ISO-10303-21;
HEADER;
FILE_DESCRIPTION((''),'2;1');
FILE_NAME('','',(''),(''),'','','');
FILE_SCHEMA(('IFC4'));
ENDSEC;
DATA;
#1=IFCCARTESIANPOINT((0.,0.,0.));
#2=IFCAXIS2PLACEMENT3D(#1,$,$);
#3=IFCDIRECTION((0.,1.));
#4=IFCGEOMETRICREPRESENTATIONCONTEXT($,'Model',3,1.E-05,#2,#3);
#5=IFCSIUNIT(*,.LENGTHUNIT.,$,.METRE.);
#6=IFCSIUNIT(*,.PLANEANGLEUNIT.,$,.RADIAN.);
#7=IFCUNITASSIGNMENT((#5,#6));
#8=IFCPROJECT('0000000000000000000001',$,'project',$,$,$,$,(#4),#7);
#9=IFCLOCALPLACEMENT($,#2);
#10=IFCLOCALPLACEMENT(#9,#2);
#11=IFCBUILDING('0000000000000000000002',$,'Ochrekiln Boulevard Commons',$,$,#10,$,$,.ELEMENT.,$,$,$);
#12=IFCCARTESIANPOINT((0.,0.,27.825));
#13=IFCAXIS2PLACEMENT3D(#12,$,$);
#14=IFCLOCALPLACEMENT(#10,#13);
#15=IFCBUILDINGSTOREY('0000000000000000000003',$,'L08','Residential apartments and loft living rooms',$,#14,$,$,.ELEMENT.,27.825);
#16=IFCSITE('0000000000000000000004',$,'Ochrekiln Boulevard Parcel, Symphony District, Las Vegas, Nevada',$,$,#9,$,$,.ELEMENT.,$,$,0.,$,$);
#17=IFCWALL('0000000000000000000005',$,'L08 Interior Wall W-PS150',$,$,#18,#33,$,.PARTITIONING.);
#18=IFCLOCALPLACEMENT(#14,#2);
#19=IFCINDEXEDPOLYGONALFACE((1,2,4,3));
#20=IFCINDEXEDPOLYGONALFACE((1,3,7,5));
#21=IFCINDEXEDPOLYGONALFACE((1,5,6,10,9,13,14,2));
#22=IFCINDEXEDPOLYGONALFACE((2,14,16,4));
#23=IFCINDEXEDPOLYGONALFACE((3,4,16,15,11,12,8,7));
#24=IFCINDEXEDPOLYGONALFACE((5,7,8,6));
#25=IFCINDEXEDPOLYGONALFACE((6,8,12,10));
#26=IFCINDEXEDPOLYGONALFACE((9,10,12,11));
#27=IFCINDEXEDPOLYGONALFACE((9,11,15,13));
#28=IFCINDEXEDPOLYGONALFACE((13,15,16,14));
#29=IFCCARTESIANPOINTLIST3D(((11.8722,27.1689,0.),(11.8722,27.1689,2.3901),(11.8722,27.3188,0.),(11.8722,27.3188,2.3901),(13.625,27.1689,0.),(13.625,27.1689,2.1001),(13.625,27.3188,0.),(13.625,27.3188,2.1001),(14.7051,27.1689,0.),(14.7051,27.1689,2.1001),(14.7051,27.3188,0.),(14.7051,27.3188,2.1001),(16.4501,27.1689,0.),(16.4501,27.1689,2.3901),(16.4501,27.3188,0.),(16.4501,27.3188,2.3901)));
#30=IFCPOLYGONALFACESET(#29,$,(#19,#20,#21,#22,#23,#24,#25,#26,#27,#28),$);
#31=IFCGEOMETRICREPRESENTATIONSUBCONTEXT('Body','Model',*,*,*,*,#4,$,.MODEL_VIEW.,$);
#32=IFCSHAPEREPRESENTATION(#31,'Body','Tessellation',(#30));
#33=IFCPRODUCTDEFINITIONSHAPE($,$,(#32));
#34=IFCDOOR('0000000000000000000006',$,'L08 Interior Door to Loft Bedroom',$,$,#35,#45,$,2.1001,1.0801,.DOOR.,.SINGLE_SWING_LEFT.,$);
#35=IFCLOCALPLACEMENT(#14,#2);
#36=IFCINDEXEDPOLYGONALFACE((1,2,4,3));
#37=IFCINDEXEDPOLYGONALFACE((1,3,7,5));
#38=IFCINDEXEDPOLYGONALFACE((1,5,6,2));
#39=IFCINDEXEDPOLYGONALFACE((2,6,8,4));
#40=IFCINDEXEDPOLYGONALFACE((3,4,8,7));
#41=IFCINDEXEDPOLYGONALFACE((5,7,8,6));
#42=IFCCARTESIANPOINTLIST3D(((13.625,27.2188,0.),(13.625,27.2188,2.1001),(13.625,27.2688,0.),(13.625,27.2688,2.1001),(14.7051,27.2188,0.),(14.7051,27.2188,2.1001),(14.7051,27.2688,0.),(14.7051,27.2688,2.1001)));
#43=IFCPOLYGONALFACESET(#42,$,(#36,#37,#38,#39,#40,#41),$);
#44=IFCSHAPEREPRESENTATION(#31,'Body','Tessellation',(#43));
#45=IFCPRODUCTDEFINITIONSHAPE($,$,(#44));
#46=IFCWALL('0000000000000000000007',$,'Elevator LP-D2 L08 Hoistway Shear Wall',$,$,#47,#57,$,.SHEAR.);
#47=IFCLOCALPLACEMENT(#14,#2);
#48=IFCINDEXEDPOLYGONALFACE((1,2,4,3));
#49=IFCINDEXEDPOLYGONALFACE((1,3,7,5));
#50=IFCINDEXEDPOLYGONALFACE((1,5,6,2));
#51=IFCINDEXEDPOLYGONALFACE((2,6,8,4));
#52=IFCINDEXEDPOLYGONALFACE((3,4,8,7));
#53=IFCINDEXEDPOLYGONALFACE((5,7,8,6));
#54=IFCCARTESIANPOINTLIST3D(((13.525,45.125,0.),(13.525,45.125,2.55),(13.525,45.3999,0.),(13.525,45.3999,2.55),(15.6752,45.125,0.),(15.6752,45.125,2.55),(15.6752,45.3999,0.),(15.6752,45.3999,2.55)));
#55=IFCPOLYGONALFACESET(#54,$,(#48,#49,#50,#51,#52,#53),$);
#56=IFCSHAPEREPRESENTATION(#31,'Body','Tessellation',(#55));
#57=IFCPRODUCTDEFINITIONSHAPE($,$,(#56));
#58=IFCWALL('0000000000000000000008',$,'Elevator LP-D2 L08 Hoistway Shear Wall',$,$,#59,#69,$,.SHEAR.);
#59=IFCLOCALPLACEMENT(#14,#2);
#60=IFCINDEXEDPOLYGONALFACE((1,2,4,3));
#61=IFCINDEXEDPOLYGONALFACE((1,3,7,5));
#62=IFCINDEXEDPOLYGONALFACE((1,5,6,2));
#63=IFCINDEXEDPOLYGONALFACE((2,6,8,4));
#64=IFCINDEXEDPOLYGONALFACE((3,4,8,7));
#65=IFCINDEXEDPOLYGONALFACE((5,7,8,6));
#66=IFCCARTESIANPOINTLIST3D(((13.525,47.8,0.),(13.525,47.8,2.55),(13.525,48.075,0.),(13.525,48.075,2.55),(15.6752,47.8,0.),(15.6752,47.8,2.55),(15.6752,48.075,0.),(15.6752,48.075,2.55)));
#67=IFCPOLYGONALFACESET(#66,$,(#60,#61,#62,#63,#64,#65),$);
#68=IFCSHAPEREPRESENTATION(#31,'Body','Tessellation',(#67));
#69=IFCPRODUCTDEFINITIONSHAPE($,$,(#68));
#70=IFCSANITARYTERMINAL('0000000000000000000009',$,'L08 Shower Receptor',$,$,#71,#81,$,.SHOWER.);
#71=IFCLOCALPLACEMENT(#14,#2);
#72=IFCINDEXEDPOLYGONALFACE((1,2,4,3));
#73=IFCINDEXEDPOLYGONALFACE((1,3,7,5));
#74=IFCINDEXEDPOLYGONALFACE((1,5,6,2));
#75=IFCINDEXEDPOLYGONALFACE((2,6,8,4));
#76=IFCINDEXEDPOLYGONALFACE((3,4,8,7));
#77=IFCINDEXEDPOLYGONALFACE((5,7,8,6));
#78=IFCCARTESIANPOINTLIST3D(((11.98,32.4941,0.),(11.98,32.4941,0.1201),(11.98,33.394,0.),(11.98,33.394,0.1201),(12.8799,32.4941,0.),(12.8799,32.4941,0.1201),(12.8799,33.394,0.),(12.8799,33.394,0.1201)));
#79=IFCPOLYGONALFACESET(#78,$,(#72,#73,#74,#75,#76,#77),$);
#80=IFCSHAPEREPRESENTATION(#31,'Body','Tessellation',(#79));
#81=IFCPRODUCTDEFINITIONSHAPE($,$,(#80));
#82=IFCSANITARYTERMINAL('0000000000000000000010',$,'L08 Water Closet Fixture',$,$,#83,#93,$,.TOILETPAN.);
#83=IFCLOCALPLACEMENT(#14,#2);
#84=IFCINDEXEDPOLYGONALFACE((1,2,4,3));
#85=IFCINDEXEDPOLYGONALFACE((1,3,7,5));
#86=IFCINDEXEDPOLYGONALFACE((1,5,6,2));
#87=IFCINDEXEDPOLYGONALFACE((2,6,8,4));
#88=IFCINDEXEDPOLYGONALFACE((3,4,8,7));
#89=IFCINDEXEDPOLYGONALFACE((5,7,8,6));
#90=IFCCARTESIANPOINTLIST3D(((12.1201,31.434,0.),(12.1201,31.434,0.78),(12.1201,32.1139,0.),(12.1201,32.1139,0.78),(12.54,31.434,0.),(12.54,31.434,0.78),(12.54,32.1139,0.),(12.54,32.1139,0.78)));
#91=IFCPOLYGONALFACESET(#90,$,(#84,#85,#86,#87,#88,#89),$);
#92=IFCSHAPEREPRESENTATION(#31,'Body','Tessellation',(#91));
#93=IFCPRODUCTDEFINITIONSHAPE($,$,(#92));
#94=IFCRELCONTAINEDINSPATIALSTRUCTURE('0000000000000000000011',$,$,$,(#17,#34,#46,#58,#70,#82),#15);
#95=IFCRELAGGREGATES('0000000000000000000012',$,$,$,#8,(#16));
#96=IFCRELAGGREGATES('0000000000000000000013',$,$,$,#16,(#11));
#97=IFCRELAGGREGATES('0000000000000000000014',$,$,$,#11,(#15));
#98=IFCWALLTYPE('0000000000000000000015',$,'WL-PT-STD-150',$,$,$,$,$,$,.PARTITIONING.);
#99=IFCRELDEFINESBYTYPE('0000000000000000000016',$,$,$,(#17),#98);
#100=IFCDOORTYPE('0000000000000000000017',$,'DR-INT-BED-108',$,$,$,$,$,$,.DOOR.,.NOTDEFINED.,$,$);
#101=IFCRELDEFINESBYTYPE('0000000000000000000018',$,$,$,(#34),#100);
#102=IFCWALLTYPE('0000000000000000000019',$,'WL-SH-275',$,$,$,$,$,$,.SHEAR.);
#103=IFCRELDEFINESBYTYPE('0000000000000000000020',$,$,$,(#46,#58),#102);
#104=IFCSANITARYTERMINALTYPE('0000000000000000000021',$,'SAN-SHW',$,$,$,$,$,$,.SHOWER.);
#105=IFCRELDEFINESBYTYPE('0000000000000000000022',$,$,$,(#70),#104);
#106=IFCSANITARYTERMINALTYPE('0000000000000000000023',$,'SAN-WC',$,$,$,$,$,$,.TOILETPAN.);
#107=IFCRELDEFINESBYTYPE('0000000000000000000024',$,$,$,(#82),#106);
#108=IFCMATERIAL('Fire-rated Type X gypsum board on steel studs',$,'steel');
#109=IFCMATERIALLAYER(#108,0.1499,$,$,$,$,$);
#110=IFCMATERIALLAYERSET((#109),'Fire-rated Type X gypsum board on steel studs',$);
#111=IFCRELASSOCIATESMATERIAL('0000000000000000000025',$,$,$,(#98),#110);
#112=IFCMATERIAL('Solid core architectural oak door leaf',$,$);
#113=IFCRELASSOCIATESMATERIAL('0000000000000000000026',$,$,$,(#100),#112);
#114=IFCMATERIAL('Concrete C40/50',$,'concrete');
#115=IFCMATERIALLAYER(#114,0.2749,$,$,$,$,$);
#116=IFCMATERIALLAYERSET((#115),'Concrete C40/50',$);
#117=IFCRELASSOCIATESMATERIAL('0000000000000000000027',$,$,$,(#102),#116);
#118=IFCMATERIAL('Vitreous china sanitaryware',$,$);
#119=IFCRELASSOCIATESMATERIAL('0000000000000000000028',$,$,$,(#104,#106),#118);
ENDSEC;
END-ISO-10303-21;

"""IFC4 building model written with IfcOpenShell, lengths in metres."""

from ifc_helpers import new_model, si_unit, direction, frame, frame_2d, origin, origin_2d, place, context, subcontext, project, spatial, rectangle, extrude, material, layer, layer_set, type_object, element, fill, save


model = new_model("IFC4")

# Units and contexts
model_context = context("Model", 3, precision=1e-05, world=origin(), true_north=direction((0.0, 1.0)))
body_context = subcontext(model_context, "Body", "Model", "MODEL_VIEW")
ifc_project = project(units=[si_unit("LENGTHUNIT", "METRE"), si_unit("PLANEANGLEUNIT", "RADIAN")], contexts=[model_context])

# Site, building, storey
site_placement = place(None, origin())
site = spatial("IfcSite", under=ifc_project, at=site_placement, Name="Ochrekiln Boulevard Parcel, Symphony District, Las Vegas, Nevada", CompositionType="ELEMENT", RefElevation=0.0)
building_placement = place(site_placement, origin())
building = spatial("IfcBuilding", under=site, at=building_placement, Name="Ochrekiln Boulevard Commons", CompositionType="ELEMENT")
storey_placement = place(building_placement, frame((0.0, 0.0, 27.825)))
storey = spatial("IfcBuildingStorey", under=building, at=storey_placement, Name="L08", Description="Residential apartments and loft living rooms", CompositionType="ELEMENT", Elevation=27.825)

# Shared definitions
ifc_material_1 = material(Name="Solid core architectural oak door leaf")

# Shared definitions
ifc_material_2 = material(Name="Fire-rated Type X gypsum board on steel studs", Category="steel")

# Wall, opening, door
ifc_layer_1 = layer(ifc_material_2, 0.1499)
ifc_layer_set_1 = layer_set([ifc_layer_1], Name="Fire-rated Type X gypsum board on steel studs")
wall_type_1 = type_object("IfcWallType", Name="WL-PT-STD-150", PredefinedType="PARTITIONING", material=ifc_layer_set_1)
wall_1_placement = place(storey_placement, frame((11.8721, 27.2439, 0.0), z_axis=(0.0, 0.0, 1.0), x_axis=(1.0, 0.0, 0.0)))
wall_1 = element("IfcWall", 1, at=wall_1_placement, inside=storey, type_object=wall_type_1, Name="L08 Interior Wall W-PS150", PredefinedType="PARTITIONING", context=body_context, shape_type="SweptSolid", body=[
    extrude(rectangle(XDim=4.5779, YDim=0.1499, at=frame_2d((2.2891, 0.0))), origin(), (0.0, 0.0, 1.0), 2.3901),
])
opening_1_placement = place(wall_1_placement, frame((1.7529, 0.0, 0.0)))
opening_1 = element("IfcOpeningElement", 2, at=opening_1_placement, cuts=wall_1, PredefinedType="OPENING", context=body_context, shape_type="SweptSolid", body=[
    extrude(rectangle(XDim=1.0801, YDim=2.1001, at=frame_2d((0.54, 1.05))), frame((0.0, 0.085, 0.0), z_axis=(0.0, -1.0, 0.0), x_axis=(1.0, 0.0, 0.0)), (0.0, 0.0, 1.0), 0.1699),
])
door_type_1 = type_object("IfcDoorType", Name="DR-INT-BED-108", OperationType="NOTDEFINED", PredefinedType="DOOR", material=ifc_material_1)
door_1_placement = place(opening_1_placement, origin())
door_1 = element("IfcDoor", 3, at=door_1_placement, inside=storey, type_object=door_type_1, Name="L08 Interior Door to Loft Bedroom", OperationType="SINGLE_SWING_LEFT", OverallHeight=2.1001, OverallWidth=1.0801, PredefinedType="DOOR", context=body_context, shape_type="SweptSolid", body=[
    extrude(rectangle(XDim=1.0801, YDim=2.1001, at=frame_2d((0.54, 1.05))), frame((0.0, 0.0249, 0.0), z_axis=(0.0, -1.0, 0.0), x_axis=(1.0, 0.0, 0.0)), (0.0, 0.0, 1.0), 0.05),
])
fill(opening_1, door_1)

# Walls
ifc_material_3 = material(Name="Concrete C40/50", Category="concrete")
ifc_layer_2 = layer(ifc_material_3, 0.2749)
ifc_layer_set_2 = layer_set([ifc_layer_2], Name="Concrete C40/50")
wall_type_2 = type_object("IfcWallType", Name="WL-SH-275", PredefinedType="SHEAR", material=ifc_layer_set_2)
for number, where, z_axis, x_axis, name in (
    (4, (13.5249, 45.2625, 0.0), (0.0, 0.0, 1.0), (1.0, 0.0, 0.0), "Elevator LP-D2 L08 Hoistway Shear Wall"),
    (5, (13.5249, 47.9375, 0.0), (0.0, 0.0, 1.0), (1.0, 0.0, 0.0), "Elevator LP-D2 L08 Hoistway Shear Wall"),
):
    element("IfcWall", number, at=place(storey_placement, frame(where, z_axis=z_axis, x_axis=x_axis)), inside=storey, type_object=wall_type_2, Name=name, PredefinedType="SHEAR", context=body_context, shape_type="SweptSolid", body=[
        extrude(rectangle(XDim=2.1501, YDim=0.2749, at=frame_2d((1.0752, 0.0))), origin(), (0.0, 0.0, 1.0), 2.55),
    ])

# Sanitary terminals
ifc_material_4 = material(Name="Vitreous china sanitaryware")
sanitary_terminal_type_1 = type_object("IfcSanitaryTerminalType", Name="SAN-SHW", PredefinedType="SHOWER", material=ifc_material_4)
sanitary_terminal_1_placement = place(storey_placement, frame((12.4299, 32.9441, 0.0), z_axis=(0.0, 0.0, 1.0), x_axis=(1.0, 0.0, 0.0)))
element("IfcSanitaryTerminal", 6, at=sanitary_terminal_1_placement, inside=storey, type_object=sanitary_terminal_type_1, Name="L08 Shower Receptor", PredefinedType="SHOWER", context=body_context, shape_type="SweptSolid", body=[
    extrude(rectangle(XDim=0.8999, YDim=0.8999, at=origin_2d()), origin(), (0.0, 0.0, 1.0), 0.1201),
])
sanitary_terminal_type_2 = type_object("IfcSanitaryTerminalType", Name="SAN-WC", PredefinedType="TOILETPAN", material=ifc_material_4)
sanitary_terminal_2_placement = place(storey_placement, frame((12.3301, 31.7739, 0.0), z_axis=(0.0, 0.0, 1.0), x_axis=(1.0, 0.0, 0.0)))
element("IfcSanitaryTerminal", 7, at=sanitary_terminal_2_placement, inside=storey, type_object=sanitary_terminal_type_2, Name="L08 Water Closet Fixture", PredefinedType="TOILETPAN", context=body_context, shape_type="SweptSolid", body=[
    extrude(rectangle(XDim=0.4199, YDim=0.6799, at=origin_2d()), origin(), (0.0, 0.0, 1.0), 0.78),
])

save(model, "model.ifc")
